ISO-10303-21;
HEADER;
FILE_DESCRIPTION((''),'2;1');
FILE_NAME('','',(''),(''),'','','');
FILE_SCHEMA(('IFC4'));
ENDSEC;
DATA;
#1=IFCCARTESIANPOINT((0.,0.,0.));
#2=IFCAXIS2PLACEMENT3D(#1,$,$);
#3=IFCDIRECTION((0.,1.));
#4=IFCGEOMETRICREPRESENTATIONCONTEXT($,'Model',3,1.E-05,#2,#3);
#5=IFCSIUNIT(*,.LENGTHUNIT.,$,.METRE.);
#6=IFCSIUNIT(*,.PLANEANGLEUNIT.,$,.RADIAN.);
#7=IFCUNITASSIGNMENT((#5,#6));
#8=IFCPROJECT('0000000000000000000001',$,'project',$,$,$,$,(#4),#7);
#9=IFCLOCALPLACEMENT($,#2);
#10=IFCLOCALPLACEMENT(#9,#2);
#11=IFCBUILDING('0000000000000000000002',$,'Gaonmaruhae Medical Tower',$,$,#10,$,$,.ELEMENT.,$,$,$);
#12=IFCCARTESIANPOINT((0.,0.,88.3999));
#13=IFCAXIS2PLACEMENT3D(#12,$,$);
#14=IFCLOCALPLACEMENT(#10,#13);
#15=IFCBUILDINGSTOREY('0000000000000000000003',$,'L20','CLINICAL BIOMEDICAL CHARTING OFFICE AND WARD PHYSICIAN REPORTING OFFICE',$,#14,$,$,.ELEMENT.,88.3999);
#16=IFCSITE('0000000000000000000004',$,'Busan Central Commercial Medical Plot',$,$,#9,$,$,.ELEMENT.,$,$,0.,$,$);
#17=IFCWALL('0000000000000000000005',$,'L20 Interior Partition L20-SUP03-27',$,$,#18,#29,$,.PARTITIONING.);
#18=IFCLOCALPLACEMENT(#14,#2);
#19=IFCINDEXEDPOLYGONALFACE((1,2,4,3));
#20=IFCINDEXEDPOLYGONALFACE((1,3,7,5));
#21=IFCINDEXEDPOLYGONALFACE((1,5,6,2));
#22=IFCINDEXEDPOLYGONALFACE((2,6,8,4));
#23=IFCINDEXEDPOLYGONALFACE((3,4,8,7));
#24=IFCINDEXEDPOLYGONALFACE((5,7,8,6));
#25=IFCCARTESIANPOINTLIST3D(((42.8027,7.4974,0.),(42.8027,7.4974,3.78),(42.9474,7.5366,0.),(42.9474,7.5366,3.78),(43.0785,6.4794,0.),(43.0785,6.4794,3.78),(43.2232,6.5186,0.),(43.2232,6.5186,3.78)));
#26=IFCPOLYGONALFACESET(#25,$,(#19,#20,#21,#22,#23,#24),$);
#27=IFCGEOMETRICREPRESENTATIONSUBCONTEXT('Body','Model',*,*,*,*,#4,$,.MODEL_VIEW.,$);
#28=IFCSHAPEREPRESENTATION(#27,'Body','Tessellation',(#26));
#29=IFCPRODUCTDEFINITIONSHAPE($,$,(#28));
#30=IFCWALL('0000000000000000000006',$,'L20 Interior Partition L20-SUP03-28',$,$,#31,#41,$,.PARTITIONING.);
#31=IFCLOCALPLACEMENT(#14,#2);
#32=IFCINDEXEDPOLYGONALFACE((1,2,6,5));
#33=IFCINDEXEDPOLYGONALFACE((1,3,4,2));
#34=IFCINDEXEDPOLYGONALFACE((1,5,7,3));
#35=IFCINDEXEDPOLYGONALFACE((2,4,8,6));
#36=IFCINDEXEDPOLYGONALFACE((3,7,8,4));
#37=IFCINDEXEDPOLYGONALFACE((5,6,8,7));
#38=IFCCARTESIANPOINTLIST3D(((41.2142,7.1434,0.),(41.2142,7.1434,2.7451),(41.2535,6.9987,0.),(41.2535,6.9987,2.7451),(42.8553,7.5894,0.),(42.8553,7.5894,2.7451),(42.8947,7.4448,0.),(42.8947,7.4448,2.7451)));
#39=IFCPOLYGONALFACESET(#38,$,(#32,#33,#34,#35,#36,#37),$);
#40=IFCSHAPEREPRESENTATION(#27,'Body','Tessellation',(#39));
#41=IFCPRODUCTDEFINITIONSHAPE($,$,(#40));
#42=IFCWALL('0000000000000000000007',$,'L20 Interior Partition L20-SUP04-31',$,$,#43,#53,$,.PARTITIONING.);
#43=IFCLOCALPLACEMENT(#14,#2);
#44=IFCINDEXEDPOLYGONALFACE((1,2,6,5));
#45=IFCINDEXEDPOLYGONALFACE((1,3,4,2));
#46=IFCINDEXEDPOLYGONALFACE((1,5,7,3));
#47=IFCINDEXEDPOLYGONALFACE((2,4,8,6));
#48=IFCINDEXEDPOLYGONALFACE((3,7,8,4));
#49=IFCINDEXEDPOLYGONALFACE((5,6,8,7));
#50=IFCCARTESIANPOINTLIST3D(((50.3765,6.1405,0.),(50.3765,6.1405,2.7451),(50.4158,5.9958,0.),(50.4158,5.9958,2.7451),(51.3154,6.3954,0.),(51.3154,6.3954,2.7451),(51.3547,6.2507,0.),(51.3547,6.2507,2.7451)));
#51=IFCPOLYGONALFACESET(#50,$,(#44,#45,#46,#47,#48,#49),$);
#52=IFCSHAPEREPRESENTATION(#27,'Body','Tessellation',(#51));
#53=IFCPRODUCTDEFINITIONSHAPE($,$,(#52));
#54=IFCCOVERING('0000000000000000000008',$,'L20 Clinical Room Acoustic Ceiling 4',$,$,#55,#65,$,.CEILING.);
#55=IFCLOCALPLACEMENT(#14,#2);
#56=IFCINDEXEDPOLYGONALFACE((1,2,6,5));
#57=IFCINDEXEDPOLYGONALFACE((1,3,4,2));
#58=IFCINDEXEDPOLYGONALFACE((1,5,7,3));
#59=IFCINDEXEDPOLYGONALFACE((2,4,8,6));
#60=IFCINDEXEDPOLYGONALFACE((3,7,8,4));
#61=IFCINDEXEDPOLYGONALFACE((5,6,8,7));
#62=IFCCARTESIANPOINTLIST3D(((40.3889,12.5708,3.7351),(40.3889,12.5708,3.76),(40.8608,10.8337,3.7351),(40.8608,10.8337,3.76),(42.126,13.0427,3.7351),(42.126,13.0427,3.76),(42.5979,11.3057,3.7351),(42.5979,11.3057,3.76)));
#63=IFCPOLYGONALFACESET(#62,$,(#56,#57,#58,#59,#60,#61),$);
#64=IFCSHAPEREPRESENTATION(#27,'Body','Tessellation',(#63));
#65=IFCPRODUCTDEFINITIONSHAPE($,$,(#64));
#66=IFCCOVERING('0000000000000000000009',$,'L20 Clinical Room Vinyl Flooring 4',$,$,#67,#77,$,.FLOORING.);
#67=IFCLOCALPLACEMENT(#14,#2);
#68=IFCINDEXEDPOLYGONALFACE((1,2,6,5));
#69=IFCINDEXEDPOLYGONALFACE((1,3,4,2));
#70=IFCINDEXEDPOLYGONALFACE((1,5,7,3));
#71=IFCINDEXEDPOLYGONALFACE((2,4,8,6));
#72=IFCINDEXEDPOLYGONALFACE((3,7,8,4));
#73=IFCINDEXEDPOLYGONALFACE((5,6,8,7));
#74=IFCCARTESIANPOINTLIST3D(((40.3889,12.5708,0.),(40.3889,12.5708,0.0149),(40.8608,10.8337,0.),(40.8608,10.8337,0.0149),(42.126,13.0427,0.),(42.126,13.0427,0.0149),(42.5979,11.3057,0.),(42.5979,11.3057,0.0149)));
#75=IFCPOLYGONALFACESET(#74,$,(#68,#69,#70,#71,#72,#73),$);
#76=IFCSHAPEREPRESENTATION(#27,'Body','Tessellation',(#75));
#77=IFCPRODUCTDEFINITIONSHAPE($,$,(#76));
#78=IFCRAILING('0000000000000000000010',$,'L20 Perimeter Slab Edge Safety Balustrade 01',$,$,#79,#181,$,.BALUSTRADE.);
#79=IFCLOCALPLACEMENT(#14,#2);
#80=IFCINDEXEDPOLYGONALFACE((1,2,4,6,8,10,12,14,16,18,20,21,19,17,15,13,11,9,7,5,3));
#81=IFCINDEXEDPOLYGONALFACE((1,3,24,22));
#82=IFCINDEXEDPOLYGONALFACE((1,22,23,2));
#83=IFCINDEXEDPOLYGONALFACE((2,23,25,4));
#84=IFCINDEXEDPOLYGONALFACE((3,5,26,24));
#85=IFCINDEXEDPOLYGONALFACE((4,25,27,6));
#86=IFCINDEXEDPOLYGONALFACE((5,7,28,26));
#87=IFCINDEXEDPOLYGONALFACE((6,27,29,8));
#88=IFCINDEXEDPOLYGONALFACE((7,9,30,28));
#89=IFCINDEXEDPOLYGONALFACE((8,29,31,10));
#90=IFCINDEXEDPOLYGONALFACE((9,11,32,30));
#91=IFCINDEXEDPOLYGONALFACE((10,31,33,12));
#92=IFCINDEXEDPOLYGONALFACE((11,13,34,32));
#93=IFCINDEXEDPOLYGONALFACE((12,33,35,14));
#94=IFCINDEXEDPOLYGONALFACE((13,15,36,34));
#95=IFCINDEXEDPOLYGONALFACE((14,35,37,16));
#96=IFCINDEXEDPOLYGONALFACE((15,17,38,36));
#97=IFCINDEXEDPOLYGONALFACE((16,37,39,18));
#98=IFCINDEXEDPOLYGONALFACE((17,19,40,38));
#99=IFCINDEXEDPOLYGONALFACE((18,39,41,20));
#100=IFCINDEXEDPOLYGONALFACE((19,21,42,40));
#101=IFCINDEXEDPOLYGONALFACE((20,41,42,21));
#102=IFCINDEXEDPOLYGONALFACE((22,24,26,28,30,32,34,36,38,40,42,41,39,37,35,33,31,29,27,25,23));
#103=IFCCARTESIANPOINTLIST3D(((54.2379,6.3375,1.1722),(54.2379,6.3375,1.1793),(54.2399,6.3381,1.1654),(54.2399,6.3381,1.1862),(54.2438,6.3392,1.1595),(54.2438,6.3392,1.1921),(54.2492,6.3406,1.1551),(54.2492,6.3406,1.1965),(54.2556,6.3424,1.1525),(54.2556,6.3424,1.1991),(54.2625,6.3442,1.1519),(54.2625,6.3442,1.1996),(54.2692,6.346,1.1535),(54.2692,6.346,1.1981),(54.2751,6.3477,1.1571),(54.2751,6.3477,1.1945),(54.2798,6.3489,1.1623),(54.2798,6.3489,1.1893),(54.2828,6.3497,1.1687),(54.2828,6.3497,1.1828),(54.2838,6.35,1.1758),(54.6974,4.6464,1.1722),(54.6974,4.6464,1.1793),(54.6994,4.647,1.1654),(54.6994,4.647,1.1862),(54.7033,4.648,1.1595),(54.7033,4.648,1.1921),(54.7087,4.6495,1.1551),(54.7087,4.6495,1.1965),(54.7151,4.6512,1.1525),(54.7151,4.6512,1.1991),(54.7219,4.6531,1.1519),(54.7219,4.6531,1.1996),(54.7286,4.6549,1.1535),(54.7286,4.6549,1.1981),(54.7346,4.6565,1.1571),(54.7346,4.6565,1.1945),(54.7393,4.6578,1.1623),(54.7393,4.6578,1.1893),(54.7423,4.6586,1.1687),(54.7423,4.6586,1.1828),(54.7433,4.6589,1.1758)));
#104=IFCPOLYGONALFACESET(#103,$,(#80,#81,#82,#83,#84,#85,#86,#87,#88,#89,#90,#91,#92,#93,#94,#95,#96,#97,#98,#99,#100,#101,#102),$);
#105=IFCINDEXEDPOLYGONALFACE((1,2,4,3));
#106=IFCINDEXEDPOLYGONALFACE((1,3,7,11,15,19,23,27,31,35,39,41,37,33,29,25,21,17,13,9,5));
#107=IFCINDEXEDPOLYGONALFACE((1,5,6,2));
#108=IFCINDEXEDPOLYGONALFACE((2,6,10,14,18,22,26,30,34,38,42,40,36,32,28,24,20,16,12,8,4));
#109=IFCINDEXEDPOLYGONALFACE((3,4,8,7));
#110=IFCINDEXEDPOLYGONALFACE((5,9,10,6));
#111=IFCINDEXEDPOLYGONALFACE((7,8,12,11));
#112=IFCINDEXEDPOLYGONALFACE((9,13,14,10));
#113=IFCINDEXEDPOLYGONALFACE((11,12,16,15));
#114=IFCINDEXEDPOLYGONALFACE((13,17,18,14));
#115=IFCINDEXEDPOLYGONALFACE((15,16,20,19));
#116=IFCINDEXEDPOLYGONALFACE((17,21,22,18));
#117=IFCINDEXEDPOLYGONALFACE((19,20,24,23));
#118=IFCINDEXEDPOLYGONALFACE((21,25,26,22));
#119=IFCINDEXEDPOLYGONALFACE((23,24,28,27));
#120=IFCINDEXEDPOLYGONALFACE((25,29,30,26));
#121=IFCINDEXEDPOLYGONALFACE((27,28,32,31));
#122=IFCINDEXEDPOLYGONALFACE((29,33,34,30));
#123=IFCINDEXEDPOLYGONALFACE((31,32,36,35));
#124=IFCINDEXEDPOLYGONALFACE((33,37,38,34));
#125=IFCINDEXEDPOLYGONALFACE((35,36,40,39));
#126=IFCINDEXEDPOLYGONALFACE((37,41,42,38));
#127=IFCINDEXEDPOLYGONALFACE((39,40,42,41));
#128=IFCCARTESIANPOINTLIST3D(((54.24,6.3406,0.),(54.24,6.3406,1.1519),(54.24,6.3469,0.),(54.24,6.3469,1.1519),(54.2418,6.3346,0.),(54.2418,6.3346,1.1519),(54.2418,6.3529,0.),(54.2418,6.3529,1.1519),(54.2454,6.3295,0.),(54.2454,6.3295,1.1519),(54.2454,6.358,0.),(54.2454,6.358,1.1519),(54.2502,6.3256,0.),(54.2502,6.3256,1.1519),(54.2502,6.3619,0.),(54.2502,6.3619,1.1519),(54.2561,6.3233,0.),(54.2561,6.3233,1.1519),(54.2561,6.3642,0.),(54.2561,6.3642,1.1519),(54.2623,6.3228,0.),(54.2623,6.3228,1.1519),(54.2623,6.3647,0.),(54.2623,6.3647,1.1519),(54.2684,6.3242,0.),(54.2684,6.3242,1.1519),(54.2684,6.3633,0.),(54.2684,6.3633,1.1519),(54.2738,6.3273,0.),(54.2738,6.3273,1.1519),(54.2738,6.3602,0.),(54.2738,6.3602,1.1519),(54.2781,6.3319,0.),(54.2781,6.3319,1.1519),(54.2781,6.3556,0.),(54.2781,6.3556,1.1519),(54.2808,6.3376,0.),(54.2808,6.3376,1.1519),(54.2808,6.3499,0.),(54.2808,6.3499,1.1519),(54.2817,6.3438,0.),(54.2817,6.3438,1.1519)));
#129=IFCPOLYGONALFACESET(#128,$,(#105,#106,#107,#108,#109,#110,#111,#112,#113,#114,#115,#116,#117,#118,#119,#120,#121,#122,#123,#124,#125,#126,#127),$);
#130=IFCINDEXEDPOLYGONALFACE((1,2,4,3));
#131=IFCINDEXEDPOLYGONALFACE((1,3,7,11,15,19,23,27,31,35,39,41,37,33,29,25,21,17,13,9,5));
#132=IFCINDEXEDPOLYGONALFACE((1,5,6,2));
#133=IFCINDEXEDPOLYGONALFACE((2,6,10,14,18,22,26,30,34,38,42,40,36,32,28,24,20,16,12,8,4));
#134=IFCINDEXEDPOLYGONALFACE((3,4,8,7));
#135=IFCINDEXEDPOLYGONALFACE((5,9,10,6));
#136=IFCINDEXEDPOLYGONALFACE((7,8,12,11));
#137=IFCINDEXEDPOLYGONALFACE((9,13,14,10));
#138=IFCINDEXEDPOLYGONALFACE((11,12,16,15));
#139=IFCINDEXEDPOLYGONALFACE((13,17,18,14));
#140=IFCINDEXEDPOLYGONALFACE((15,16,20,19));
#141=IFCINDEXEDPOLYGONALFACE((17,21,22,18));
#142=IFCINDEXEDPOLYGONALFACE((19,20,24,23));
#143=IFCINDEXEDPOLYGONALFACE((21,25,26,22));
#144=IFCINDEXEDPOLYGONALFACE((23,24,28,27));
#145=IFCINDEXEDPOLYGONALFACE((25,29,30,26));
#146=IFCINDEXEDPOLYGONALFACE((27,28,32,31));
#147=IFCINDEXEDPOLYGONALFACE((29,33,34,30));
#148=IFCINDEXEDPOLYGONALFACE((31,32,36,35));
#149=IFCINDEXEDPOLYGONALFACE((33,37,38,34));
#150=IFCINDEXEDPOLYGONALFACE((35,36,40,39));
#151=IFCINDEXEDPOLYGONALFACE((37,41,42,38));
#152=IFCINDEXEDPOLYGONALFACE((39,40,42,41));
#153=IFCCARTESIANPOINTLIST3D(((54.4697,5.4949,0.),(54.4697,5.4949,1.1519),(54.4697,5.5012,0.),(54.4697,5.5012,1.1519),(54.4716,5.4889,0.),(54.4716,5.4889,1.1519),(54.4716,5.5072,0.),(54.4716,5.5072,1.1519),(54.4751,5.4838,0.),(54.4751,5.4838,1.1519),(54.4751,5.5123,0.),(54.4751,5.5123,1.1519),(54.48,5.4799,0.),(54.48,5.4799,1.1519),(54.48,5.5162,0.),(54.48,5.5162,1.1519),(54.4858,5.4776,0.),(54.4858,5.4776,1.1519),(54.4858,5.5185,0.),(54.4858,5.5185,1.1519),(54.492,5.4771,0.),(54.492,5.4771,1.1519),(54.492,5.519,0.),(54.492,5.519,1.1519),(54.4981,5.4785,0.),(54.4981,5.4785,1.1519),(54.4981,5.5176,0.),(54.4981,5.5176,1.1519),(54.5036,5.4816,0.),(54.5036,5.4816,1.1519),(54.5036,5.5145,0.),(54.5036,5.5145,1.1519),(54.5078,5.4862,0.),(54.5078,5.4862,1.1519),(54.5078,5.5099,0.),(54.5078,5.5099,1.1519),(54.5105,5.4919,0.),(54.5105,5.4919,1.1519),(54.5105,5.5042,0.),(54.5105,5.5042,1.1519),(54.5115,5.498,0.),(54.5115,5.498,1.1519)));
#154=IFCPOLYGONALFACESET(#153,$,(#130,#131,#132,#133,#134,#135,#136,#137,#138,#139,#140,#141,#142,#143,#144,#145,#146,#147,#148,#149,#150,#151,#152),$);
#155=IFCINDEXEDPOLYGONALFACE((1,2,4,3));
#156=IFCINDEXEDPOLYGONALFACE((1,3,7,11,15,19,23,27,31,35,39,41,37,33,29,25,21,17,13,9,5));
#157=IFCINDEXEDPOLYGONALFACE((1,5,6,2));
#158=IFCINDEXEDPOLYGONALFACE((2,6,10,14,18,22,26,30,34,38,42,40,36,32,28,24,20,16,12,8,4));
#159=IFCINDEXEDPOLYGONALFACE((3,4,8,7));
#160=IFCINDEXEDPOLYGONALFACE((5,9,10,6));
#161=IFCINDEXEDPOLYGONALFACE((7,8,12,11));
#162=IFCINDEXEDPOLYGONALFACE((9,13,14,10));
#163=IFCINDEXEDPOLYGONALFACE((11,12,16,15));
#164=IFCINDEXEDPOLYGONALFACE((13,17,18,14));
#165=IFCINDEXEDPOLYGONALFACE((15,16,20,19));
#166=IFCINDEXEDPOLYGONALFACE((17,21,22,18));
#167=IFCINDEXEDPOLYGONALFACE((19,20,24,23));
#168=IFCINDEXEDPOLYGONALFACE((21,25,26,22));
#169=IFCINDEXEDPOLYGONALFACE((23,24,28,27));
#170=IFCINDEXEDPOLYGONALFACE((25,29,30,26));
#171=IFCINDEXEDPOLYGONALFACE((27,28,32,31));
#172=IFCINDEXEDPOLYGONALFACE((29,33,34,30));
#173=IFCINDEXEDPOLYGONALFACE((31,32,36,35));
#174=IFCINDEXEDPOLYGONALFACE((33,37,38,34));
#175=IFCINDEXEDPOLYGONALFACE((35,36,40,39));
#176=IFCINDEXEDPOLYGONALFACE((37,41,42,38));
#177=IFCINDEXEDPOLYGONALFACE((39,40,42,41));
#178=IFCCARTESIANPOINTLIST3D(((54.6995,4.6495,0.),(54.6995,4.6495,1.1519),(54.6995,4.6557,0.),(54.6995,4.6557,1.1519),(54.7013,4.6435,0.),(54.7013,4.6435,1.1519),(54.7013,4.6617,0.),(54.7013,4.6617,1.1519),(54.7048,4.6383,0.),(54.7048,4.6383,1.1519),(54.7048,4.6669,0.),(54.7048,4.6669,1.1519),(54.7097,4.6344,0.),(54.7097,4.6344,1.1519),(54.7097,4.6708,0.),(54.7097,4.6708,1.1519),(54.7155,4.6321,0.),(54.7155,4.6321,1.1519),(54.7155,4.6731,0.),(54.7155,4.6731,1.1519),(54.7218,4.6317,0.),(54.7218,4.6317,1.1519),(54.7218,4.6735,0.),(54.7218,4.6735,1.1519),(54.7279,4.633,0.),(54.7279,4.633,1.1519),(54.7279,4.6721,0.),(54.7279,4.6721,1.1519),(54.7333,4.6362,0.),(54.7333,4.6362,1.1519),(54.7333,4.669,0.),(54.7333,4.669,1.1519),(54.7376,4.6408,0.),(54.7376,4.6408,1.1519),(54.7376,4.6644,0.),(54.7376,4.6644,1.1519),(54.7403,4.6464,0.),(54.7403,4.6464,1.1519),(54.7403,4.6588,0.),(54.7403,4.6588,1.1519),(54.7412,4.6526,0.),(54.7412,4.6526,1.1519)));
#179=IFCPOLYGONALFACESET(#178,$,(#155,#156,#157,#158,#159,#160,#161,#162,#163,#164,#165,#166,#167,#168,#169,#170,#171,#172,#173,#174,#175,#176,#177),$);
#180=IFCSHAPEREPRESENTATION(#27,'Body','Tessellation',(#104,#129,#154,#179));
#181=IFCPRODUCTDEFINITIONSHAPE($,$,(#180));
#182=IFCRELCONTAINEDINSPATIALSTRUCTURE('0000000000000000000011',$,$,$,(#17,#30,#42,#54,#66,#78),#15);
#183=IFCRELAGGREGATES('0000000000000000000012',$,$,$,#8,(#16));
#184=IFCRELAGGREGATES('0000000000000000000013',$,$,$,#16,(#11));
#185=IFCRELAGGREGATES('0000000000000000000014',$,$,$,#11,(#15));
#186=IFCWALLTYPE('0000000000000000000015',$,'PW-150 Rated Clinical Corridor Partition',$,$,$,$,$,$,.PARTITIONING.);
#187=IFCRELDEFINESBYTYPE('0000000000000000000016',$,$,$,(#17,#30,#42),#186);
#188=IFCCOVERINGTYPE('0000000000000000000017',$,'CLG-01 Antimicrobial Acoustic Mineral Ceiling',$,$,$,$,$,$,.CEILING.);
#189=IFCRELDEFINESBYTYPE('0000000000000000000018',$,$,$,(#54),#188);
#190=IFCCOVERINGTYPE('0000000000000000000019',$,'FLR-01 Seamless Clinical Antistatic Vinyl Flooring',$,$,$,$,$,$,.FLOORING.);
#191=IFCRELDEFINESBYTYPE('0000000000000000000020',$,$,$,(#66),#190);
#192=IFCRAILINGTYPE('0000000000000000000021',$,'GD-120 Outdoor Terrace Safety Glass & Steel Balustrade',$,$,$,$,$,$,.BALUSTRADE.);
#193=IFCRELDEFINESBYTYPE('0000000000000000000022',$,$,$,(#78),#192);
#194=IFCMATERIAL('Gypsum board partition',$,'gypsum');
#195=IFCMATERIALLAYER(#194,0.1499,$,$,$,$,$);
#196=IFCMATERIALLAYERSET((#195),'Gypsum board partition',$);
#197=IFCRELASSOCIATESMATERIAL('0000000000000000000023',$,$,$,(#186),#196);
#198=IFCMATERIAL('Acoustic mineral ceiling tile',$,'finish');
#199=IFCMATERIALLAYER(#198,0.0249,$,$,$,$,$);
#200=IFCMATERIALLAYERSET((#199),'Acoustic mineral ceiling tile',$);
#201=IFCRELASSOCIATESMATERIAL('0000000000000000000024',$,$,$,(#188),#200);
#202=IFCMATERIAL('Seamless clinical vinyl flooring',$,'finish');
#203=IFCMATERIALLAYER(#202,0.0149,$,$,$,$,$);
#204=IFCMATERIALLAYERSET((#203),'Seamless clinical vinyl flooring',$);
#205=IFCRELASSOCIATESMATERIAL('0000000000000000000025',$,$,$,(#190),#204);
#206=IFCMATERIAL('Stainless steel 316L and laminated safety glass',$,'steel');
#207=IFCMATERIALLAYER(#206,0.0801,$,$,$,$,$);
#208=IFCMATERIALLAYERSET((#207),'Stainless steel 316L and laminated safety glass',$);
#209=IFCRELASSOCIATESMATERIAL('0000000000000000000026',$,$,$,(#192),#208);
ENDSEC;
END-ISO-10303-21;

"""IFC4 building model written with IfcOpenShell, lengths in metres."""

from ifc_helpers import new_model, si_unit, direction, frame, frame_2d, origin, origin_2d, place, context, subcontext, project, spatial, rectangle, circle, extrude, material, layer, layer_set, type_object, element, save


model = new_model("IFC4")

# Units and contexts
model_context = context("Model", 3, precision=1e-05, world=origin(), true_north=direction((0.0, 1.0)))
body_context = subcontext(model_context, "Body", "Model", "MODEL_VIEW")
ifc_project = project(units=[si_unit("LENGTHUNIT", "METRE"), si_unit("PLANEANGLEUNIT", "RADIAN")], contexts=[model_context])

# Site, building, storey
site_placement = place(None, origin())
site = spatial("IfcSite", under=ifc_project, at=site_placement, Name="Busan Central Commercial Medical Plot", CompositionType="ELEMENT", RefElevation=0.0)
building_placement = place(site_placement, origin())
building = spatial("IfcBuilding", under=site, at=building_placement, Name="Gaonmaruhae Medical Tower", CompositionType="ELEMENT")
storey_placement = place(building_placement, frame((0.0, 0.0, 88.3999)))
storey = spatial("IfcBuildingStorey", under=building, at=storey_placement, Name="L20", Description="CLINICAL BIOMEDICAL CHARTING OFFICE AND WARD PHYSICIAN REPORTING OFFICE", CompositionType="ELEMENT", Elevation=88.3999)

# Walls
ifc_material_1 = material(Name="Gypsum board partition", Category="gypsum")
ifc_layer_1 = layer(ifc_material_1, 0.1499)
ifc_layer_set_1 = layer_set([ifc_layer_1], Name="Gypsum board partition")
wall_type_1 = type_object("IfcWallType", Name="PW-150 Rated Clinical Corridor Partition", PredefinedType="PARTITIONING", material=ifc_layer_set_1)
wall_1_placement = place(storey_placement, frame((43.1509, 6.499, 0.0), z_axis=(0.0, 0.0, 1.0), x_axis=(-0.26155, 0.96519, 0.0)))
element("IfcWall", 1, at=wall_1_placement, inside=storey, type_object=wall_type_1, Name="L20 Interior Partition L20-SUP03-27", PredefinedType="PARTITIONING", context=body_context, shape_type="SweptSolid", body=[
    extrude(rectangle(XDim=1.0547, YDim=0.1499, at=frame_2d((0.5273, 0.0))), origin(), (0.0, 0.0, 1.0), 3.78),
])
wall_2_placement = place(storey_placement, frame((42.875, 7.5171, 0.0), z_axis=(0.0, 0.0, 1.0), x_axis=(-0.964992, -0.262279, 0.0)))
element("IfcWall", 2, at=wall_2_placement, inside=storey, type_object=wall_type_1, Name="L20 Interior Partition L20-SUP03-28", PredefinedType="PARTITIONING", context=body_context, shape_type="SweptSolid", body=[
    extrude(rectangle(XDim=1.7007, YDim=0.1499, at=frame_2d((0.8503, 0.0))), origin(), (0.0, 0.0, 1.0), 2.7451),
])
wall_3_placement = place(storey_placement, frame((51.335, 6.323, 0.0), z_axis=(0.0, 0.0, 1.0), x_axis=(-0.965076, -0.261971, 0.0)))
element("IfcWall", 3, at=wall_3_placement, inside=storey, type_object=wall_type_1, Name="L20 Interior Partition L20-SUP04-31", PredefinedType="PARTITIONING", context=body_context, shape_type="SweptSolid", body=[
    extrude(rectangle(XDim=0.9729, YDim=0.1499, at=frame_2d((0.4863, 0.0))), origin(), (0.0, 0.0, 1.0), 2.7451),
])

# Coverings
ifc_material_2 = material(Name="Acoustic mineral ceiling tile", Category="finish")
ifc_layer_2 = layer(ifc_material_2, 0.0249)
ifc_layer_set_2 = layer_set([ifc_layer_2], Name="Acoustic mineral ceiling tile")
covering_type_1 = type_object("IfcCoveringType", Name="CLG-01 Antimicrobial Acoustic Mineral Ceiling", PredefinedType="CEILING", material=ifc_layer_set_2)
covering_1_placement = place(storey_placement, frame((41.4934, 11.9382, 3.7351), z_axis=(0.0, 0.0, 1.0), x_axis=(0.965016, 0.262189, 0.0)))
element("IfcCovering", 4, at=covering_1_placement, inside=storey, type_object=covering_type_1, Name="L20 Clinical Room Acoustic Ceiling 4", PredefinedType="CEILING", context=body_context, shape_type="SweptSolid", body=[
    extrude(rectangle(XDim=1.8, YDim=1.8, at=origin_2d()), origin(), (0.0, 0.0, 1.0), 0.0249),
])
ifc_material_3 = material(Name="Seamless clinical vinyl flooring", Category="finish")
ifc_layer_3 = layer(ifc_material_3, 0.0149)
ifc_layer_set_3 = layer_set([ifc_layer_3], Name="Seamless clinical vinyl flooring")
covering_type_2 = type_object("IfcCoveringType", Name="FLR-01 Seamless Clinical Antistatic Vinyl Flooring", PredefinedType="FLOORING", material=ifc_layer_set_3)
covering_2_placement = place(storey_placement, frame((41.4934, 11.9382, 0.0), z_axis=(0.0, 0.0, 1.0), x_axis=(0.965016, 0.262189, 0.0)))
element("IfcCovering", 5, at=covering_2_placement, inside=storey, type_object=covering_type_2, Name="L20 Clinical Room Vinyl Flooring 4", PredefinedType="FLOORING", context=body_context, shape_type="SweptSolid", body=[
    extrude(rectangle(XDim=1.8, YDim=1.8, at=origin_2d()), origin(), (0.0, 0.0, 1.0), 0.0149),
])

# Railing
ifc_material_4 = material(Name="Stainless steel 316L and laminated safety glass", Category="steel")
ifc_layer_4 = layer(ifc_material_4, 0.0801)
ifc_layer_set_4 = layer_set([ifc_layer_4], Name="Stainless steel 316L and laminated safety glass")
railing_type_1 = type_object("IfcRailingType", Name="GD-120 Outdoor Terrace Safety Glass & Steel Balustrade", PredefinedType="BALUSTRADE", material=ifc_layer_set_4)
railing_1_placement = place(storey_placement, frame((54.2607, 6.3438, 0.0)))
element("IfcRailing", 6, at=railing_1_placement, inside=storey, type_object=railing_type_1, Name="L20 Perimeter Slab Edge Safety Balustrade 01", PredefinedType="BALUSTRADE", context=body_context, shape_type="SweptSolid", body=[
    extrude(circle(Radius=0.0239, at=origin_2d()), frame((0.0, 0.0, 1.1758), z_axis=(0.262186, -0.965017, 0.0), x_axis=(0.965017, 0.262186, 0.0)), (0.0, 0.0, 1.0), 1.7524),
    extrude(circle(Radius=0.021, at=origin_2d()), origin(), (0.0, 0.0, 1.0), 1.1519),
    extrude(circle(Radius=0.021, at=origin_2d()), frame((0.2297, -0.8457, 0.0)), (0.0, 0.0, 1.0), 1.1519),
    extrude(circle(Radius=0.021, at=origin_2d()), frame((0.4595, -1.6912, 0.0)), (0.0, 0.0, 1.0), 1.1519),
])

save(model, "model.ifc")
